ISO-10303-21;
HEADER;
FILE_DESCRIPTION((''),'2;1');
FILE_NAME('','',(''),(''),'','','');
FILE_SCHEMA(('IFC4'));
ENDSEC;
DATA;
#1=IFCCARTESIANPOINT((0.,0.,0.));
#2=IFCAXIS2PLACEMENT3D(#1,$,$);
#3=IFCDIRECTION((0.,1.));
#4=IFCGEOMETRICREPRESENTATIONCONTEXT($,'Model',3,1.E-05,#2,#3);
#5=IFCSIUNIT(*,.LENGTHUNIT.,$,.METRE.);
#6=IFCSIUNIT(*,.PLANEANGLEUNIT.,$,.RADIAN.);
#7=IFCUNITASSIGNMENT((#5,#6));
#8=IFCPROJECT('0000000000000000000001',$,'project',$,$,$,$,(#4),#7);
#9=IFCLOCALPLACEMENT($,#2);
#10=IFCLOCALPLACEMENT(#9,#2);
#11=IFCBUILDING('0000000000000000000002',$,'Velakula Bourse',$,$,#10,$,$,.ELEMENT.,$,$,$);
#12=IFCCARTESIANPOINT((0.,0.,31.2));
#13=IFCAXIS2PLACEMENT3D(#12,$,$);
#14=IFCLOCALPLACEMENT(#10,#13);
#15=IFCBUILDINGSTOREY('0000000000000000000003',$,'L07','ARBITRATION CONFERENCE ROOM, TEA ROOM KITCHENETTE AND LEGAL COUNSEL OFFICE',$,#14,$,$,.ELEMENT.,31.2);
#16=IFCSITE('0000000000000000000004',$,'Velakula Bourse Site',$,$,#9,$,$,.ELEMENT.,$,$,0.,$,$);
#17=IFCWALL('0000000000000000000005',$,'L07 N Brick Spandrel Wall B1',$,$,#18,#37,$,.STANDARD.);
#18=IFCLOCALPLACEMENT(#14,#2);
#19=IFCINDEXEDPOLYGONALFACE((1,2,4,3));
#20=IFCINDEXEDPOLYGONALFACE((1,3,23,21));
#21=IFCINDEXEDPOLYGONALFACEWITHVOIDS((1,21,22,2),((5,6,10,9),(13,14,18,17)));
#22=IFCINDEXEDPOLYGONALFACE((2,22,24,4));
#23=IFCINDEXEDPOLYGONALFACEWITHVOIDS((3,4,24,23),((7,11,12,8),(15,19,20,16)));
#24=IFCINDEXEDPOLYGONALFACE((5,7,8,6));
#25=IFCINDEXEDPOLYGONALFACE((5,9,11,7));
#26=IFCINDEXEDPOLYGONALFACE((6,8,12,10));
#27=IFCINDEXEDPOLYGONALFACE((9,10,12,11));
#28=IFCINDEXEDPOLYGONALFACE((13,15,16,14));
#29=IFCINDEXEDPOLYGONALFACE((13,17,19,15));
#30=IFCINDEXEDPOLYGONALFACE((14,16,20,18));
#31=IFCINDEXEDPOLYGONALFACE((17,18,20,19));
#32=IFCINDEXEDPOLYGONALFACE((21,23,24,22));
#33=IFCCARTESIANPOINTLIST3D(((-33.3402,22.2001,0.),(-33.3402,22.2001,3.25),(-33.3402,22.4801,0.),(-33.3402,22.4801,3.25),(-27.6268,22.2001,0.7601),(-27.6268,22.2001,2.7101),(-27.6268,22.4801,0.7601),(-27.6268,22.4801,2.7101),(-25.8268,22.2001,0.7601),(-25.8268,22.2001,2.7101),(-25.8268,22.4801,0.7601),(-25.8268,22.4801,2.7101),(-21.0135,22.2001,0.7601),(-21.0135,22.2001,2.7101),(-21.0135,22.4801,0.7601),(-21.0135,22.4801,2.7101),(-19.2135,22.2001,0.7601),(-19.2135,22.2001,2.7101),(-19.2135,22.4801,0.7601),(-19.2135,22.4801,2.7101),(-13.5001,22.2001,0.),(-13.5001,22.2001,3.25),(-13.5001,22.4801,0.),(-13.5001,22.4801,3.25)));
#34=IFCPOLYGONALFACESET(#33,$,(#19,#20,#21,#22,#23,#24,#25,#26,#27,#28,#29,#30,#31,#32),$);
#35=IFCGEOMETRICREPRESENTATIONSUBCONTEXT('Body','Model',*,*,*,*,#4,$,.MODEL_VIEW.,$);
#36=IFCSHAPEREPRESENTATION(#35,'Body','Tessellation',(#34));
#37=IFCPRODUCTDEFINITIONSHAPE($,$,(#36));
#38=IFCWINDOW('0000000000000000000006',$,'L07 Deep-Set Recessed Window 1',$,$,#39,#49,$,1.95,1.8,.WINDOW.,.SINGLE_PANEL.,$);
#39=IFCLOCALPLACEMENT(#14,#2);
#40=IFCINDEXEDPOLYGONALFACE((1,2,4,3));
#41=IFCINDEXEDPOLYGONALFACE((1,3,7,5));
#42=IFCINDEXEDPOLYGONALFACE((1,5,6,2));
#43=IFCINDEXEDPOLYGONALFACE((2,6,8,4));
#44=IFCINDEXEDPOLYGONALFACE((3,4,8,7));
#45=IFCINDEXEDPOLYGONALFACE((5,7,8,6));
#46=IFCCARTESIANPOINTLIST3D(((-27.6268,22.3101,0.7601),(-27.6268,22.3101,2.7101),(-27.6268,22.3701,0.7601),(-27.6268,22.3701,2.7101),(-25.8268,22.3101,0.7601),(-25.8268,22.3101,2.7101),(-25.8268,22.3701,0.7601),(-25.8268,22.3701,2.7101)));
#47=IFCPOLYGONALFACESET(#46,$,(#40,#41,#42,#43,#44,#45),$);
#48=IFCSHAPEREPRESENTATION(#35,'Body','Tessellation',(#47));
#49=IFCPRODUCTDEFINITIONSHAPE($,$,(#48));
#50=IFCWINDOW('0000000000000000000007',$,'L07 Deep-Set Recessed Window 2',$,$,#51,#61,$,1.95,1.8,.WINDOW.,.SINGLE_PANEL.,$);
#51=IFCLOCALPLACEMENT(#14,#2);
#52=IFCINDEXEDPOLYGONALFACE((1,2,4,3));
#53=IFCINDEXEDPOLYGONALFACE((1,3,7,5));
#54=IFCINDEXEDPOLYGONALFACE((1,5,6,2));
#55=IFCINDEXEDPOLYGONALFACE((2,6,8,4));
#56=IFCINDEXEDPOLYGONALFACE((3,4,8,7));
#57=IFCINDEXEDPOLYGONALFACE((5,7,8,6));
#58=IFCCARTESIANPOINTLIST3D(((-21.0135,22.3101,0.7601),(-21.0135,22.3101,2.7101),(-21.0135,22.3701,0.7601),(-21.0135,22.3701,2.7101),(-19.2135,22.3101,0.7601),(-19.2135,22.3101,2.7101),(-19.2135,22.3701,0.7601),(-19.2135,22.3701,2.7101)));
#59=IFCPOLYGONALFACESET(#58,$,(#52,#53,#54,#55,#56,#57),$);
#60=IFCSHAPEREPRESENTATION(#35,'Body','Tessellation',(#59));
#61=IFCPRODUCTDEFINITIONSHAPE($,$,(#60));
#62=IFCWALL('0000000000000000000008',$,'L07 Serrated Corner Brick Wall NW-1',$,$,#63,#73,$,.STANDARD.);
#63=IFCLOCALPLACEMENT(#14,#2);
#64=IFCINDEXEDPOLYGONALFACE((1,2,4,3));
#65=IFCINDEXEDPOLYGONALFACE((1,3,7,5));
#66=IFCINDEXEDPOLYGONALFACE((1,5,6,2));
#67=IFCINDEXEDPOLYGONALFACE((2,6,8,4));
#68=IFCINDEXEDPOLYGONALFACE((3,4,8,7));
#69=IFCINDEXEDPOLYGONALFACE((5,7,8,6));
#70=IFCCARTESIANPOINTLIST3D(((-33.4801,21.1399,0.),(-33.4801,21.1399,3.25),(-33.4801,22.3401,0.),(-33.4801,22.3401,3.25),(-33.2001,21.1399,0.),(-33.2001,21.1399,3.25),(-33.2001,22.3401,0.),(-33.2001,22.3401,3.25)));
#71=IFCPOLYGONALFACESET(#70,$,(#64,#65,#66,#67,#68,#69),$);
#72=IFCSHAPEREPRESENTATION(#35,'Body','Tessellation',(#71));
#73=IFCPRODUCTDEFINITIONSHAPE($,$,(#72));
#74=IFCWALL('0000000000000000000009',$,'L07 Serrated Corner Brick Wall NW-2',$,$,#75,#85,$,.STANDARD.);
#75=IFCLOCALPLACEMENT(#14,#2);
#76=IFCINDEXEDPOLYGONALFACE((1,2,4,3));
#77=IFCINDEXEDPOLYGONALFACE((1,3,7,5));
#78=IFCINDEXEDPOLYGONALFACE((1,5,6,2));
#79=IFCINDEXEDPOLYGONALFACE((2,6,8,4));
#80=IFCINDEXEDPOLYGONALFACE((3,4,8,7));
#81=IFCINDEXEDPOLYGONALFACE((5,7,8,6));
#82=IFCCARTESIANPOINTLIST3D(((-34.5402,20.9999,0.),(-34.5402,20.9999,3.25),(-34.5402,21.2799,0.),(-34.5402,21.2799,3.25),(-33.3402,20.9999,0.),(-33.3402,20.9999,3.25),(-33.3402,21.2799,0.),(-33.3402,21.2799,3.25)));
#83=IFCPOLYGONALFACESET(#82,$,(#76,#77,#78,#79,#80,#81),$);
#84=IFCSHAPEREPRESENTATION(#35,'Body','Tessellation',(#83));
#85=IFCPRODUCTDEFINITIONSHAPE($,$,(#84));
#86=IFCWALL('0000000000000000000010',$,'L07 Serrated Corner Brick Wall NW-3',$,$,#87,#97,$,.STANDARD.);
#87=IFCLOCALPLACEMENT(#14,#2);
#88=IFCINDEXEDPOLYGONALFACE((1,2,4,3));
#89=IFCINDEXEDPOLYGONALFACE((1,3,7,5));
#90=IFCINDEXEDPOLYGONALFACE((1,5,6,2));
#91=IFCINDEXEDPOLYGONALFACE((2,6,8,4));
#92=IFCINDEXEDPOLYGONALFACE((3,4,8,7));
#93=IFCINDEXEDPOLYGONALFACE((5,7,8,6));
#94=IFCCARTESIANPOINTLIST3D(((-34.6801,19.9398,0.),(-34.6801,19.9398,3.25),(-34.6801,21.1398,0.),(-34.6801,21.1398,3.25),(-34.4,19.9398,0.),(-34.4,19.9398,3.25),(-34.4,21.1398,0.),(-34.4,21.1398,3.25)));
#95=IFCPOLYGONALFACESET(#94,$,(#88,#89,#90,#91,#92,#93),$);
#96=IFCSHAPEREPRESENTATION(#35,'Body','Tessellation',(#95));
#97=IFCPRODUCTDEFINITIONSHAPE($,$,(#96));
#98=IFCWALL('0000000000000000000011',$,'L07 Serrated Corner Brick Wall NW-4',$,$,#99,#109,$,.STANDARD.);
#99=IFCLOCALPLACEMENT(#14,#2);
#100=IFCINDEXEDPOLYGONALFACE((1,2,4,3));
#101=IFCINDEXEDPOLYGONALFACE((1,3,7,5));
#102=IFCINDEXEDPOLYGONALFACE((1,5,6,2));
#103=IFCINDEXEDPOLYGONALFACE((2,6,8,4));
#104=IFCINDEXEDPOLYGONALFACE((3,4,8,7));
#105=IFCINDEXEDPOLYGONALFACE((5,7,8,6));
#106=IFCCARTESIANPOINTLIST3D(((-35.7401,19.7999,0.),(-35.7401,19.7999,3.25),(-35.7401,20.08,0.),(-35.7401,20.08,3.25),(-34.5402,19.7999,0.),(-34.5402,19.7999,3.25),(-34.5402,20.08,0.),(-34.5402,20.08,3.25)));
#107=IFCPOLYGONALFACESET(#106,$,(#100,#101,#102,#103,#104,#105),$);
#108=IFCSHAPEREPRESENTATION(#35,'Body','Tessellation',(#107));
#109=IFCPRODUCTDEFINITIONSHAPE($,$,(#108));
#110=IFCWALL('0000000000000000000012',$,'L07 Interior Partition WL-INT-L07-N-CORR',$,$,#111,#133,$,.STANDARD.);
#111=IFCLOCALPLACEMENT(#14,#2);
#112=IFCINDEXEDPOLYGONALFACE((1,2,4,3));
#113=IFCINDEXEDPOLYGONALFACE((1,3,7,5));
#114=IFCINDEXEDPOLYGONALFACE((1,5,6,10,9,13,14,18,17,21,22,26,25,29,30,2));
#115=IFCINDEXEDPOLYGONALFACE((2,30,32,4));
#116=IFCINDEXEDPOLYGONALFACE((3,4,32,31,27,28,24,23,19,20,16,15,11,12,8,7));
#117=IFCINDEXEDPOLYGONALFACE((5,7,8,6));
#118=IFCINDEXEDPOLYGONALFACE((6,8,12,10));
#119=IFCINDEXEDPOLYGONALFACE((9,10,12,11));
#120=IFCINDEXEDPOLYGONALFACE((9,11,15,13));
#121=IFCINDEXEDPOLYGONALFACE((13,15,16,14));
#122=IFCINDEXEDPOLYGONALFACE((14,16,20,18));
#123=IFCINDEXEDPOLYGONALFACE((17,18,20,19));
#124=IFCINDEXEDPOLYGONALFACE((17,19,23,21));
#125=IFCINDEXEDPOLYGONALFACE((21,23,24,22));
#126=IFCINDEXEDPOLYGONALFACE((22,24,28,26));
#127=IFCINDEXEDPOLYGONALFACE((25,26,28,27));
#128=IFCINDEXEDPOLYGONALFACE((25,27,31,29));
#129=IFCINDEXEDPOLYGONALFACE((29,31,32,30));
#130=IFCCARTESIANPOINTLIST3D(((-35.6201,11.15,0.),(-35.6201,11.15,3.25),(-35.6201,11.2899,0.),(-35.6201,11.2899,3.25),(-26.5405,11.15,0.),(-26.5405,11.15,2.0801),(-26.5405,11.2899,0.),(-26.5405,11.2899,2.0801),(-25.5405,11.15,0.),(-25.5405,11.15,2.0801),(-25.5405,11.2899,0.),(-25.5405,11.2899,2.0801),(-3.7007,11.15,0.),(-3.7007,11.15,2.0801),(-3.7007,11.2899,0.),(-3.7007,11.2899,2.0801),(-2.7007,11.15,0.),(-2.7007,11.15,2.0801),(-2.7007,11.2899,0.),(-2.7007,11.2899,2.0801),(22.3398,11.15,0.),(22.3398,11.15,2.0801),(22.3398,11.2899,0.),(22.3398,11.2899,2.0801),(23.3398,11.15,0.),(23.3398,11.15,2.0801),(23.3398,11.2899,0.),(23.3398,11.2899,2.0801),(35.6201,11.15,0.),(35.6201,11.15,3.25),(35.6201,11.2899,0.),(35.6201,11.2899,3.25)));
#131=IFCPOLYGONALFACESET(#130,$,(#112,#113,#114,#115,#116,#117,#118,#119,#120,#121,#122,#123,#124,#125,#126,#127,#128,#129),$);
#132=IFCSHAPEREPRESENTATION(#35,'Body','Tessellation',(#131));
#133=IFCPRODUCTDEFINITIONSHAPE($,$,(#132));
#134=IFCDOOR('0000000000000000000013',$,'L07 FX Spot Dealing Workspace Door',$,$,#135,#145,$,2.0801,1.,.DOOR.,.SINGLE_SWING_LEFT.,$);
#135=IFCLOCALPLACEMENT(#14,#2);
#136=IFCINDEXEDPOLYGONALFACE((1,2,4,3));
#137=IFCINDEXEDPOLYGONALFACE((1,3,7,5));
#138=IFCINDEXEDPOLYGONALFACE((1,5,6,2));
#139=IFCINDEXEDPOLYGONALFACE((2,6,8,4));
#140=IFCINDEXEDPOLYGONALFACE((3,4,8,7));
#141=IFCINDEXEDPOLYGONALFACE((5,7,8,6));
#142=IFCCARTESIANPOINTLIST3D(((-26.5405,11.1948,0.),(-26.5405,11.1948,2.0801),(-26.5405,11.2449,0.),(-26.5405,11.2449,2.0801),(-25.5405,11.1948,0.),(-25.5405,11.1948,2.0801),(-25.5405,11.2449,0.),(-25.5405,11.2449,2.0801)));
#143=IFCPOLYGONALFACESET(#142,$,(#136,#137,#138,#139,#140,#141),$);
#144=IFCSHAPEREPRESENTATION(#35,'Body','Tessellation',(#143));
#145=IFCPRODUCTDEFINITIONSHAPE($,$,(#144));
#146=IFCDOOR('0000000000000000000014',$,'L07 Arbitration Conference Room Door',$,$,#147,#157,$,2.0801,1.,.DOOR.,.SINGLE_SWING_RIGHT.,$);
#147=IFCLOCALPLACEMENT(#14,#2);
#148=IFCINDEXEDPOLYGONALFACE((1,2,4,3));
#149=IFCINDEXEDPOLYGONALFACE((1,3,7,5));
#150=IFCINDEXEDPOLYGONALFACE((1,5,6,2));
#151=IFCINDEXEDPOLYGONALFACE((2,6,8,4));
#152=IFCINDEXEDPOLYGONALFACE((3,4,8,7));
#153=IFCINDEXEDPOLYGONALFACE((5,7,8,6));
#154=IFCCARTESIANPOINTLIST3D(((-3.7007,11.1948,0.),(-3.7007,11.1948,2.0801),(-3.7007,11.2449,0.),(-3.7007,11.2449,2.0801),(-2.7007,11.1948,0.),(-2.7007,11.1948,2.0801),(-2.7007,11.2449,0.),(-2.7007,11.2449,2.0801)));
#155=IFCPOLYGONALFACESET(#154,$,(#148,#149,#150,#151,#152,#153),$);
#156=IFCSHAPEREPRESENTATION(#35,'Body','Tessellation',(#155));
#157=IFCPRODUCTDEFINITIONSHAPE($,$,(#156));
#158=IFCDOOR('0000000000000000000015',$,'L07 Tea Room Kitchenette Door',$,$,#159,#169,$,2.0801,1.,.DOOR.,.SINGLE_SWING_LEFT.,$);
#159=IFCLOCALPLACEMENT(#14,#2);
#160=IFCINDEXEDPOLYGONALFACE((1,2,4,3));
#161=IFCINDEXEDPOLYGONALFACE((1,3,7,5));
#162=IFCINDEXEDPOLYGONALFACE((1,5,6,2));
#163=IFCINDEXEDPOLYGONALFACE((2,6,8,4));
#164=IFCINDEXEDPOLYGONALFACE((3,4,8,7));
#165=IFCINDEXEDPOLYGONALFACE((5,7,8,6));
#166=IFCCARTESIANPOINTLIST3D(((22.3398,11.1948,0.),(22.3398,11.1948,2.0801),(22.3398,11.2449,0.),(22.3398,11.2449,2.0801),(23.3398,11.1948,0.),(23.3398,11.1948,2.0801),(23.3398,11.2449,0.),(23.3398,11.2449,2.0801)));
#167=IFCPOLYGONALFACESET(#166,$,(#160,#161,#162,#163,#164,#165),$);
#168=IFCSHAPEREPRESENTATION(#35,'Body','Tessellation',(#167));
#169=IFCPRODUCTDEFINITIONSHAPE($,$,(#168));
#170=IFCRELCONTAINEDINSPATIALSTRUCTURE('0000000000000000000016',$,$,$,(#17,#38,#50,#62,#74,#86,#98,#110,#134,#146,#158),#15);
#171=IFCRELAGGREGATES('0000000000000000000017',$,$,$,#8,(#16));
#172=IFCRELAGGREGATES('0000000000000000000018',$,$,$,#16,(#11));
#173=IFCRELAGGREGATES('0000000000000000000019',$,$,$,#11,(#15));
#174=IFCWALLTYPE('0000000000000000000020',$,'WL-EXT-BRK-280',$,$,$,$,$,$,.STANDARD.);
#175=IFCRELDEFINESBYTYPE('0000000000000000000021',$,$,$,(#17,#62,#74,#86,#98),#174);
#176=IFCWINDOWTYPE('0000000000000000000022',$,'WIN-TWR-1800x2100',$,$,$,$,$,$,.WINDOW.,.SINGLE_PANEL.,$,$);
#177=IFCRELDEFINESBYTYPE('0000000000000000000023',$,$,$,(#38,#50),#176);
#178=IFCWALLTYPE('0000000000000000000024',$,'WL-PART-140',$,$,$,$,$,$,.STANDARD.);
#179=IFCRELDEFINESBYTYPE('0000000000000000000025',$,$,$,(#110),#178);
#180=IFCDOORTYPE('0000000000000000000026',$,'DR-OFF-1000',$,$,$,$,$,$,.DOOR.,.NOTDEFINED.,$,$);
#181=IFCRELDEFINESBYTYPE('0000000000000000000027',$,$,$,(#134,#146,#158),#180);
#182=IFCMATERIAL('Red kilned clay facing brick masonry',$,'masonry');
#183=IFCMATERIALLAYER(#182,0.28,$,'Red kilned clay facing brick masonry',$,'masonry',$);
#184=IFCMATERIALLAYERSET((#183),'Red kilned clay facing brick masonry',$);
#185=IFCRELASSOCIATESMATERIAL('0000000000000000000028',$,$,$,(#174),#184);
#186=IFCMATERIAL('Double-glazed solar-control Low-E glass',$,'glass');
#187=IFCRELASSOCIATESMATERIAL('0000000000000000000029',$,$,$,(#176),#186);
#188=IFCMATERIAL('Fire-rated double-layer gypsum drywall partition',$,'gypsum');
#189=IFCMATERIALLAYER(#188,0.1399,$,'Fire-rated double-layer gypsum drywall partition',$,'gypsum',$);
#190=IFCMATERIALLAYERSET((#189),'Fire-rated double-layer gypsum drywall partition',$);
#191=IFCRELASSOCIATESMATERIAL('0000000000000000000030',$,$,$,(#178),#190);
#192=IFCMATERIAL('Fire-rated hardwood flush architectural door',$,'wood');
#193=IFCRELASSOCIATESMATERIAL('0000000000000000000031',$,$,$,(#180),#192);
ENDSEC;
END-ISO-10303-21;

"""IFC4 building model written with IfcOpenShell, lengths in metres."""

from ifc_helpers import new_model, si_unit, direction, frame, frame_2d, origin, place, context, subcontext, project, spatial, rectangle, extrude, material, layer, layer_set, type_object, element, fill, save


model = new_model("IFC4")

# Units and contexts
model_context = context("Model", 3, precision=1e-05, world=origin(), true_north=direction((0.0, 1.0)))
body_context = subcontext(model_context, "Body", "Model", "MODEL_VIEW")
ifc_project = project(units=[si_unit("LENGTHUNIT", "METRE"), si_unit("PLANEANGLEUNIT", "RADIAN")], contexts=[model_context])

# Site, building, storey
site_placement = place(None, origin())
site = spatial("IfcSite", under=ifc_project, at=site_placement, Name="Velakula Bourse Site", CompositionType="ELEMENT", RefElevation=0.0)
building_placement = place(site_placement, origin())
building = spatial("IfcBuilding", under=site, at=building_placement, Name="Velakula Bourse", CompositionType="ELEMENT")
storey_placement = place(building_placement, frame((0.0, 0.0, 31.2)))
storey = spatial("IfcBuildingStorey", under=building, at=storey_placement, Name="L07", Description="ARBITRATION CONFERENCE ROOM, TEA ROOM KITCHENETTE AND LEGAL COUNSEL OFFICE", CompositionType="ELEMENT", Elevation=31.2)

# Wall, openings, windows
ifc_material_1 = material(Name="Red kilned clay facing brick masonry", Category="masonry")
ifc_layer_1 = layer(ifc_material_1, 0.28, Name="Red kilned clay facing brick masonry", Category="masonry")
ifc_layer_set_1 = layer_set([ifc_layer_1], Name="Red kilned clay facing brick masonry")
wall_type_1 = type_object("IfcWallType", Name="WL-EXT-BRK-280", PredefinedType="STANDARD", material=ifc_layer_set_1)
wall_1_placement = place(storey_placement, frame((-33.3401, 22.3401, 0.0), z_axis=(0.0, 0.0, 1.0), x_axis=(1.0, 0.0, 0.0)))
wall_1 = element("IfcWall", 1, at=wall_1_placement, inside=storey, type_object=wall_type_1, Name="L07 N Brick Spandrel Wall B1", PredefinedType="STANDARD", context=body_context, shape_type="SweptSolid", body=[
    extrude(rectangle(XDim=19.8401, YDim=0.28, at=frame_2d((9.9199, 0.0))), origin(), (0.0, 0.0, 1.0), 3.25),
])
opening_1_placement = place(wall_1_placement, frame((5.7134, 0.0, 0.76)))
opening_1 = element("IfcOpeningElement", 2, at=opening_1_placement, cuts=wall_1, PredefinedType="OPENING", context=body_context, shape_type="SweptSolid", body=[
    extrude(rectangle(XDim=1.8, YDim=1.95, at=frame_2d((0.8999, 0.9751))), frame((0.0, 0.1499, 0.0), z_axis=(0.0, -1.0, 0.0), x_axis=(1.0, 0.0, 0.0)), (0.0, 0.0, 1.0), 0.3),
])
opening_2_placement = place(wall_1_placement, frame((12.3267, 0.0, 0.76)))
opening_2 = element("IfcOpeningElement", 3, at=opening_2_placement, cuts=wall_1, PredefinedType="OPENING", context=body_context, shape_type="SweptSolid", body=[
    extrude(rectangle(XDim=1.8, YDim=1.95, at=frame_2d((0.8999, 0.9751))), frame((0.0, 0.1499, 0.0), z_axis=(0.0, -1.0, 0.0), x_axis=(1.0, 0.0, 0.0)), (0.0, 0.0, 1.0), 0.3),
])
ifc_material_2 = material(Name="Double-glazed solar-control Low-E glass", Category="glass")
window_type = type_object("IfcWindowType", Name="WIN-TWR-1800x2100", PartitioningType="SINGLE_PANEL", PredefinedType="WINDOW", material=ifc_material_2)
window_1_placement = place(opening_1_placement, origin())
window_1 = element("IfcWindow", 4, at=window_1_placement, inside=storey, type_object=window_type, Name="L07 Deep-Set Recessed Window 1", OverallHeight=1.95, OverallWidth=1.8, PartitioningType="SINGLE_PANEL", PredefinedType="WINDOW", context=body_context, shape_type="SweptSolid", body=[
    extrude(rectangle(XDim=1.8, YDim=1.95, at=frame_2d((0.8999, 0.9751))), frame((0.0, 0.03, 0.0), z_axis=(0.0, -1.0, 0.0), x_axis=(1.0, 0.0, 0.0)), (0.0, 0.0, 1.0), 0.0601),
])
fill(opening_1, window_1)
window_2_placement = place(opening_2_placement, origin())
window_2 = element("IfcWindow", 5, at=window_2_placement, inside=storey, type_object=window_type, Name="L07 Deep-Set Recessed Window 2", OverallHeight=1.95, OverallWidth=1.8, PartitioningType="SINGLE_PANEL", PredefinedType="WINDOW", context=body_context, shape_type="SweptSolid", body=[
    extrude(rectangle(XDim=1.8, YDim=1.95, at=frame_2d((0.8999, 0.9751))), frame((0.0, 0.03, 0.0), z_axis=(0.0, -1.0, 0.0), x_axis=(1.0, 0.0, 0.0)), (0.0, 0.0, 1.0), 0.0601),
])
fill(opening_2, window_2)

# Walls
wall_2_placement = place(storey_placement, frame((-33.3401, 22.3401, 0.0), z_axis=(0.0, 0.0, 1.0), x_axis=(0.0, -1.0, 0.0)))
element("IfcWall", 6, at=wall_2_placement, inside=storey, type_object=wall_type_1, Name="L07 Serrated Corner Brick Wall NW-1", PredefinedType="STANDARD", context=body_context, shape_type="SweptSolid", body=[
    extrude(rectangle(XDim=1.2002, YDim=0.28, at=frame_2d((0.6001, 0.0))), origin(), (0.0, 0.0, 1.0), 3.25),
])
for number, where, z_axis, x_axis, name in (
    (7, (-33.3401, 21.1399, 0.0), (0.0, 0.0, 1.0), (-1.0, 0.0, 0.0), "L07 Serrated Corner Brick Wall NW-2"),
    (8, (-34.54, 21.1399, 0.0), (0.0, 0.0, 1.0), (0.0, -1.0, 0.0), "L07 Serrated Corner Brick Wall NW-3"),
    (9, (-34.54, 19.9399, 0.0), (0.0, 0.0, 1.0), (-1.0, 0.0, 0.0), "L07 Serrated Corner Brick Wall NW-4"),
):
    element("IfcWall", number, at=place(storey_placement, frame(where, z_axis=z_axis, x_axis=x_axis)), inside=storey, type_object=wall_type_1, Name=name, PredefinedType="STANDARD", context=body_context, shape_type="SweptSolid", body=[
        extrude(rectangle(XDim=1.2, YDim=0.28, at=frame_2d((0.6001, 0.0))), origin(), (0.0, 0.0, 1.0), 3.25),
    ])

# Wall, openings, doors
ifc_material_3 = material(Name="Fire-rated double-layer gypsum drywall partition", Category="gypsum")
ifc_layer_2 = layer(ifc_material_3, 0.1399, Name="Fire-rated double-layer gypsum drywall partition", Category="gypsum")
ifc_layer_set_2 = layer_set([ifc_layer_2], Name="Fire-rated double-layer gypsum drywall partition")
wall_type_2 = type_object("IfcWallType", Name="WL-PART-140", PredefinedType="STANDARD", material=ifc_layer_set_2)
wall_3_placement = place(storey_placement, frame((-35.6201, 11.22, 0.0), z_axis=(0.0, 0.0, 1.0), x_axis=(1.0, 0.0, 0.0)))
wall_3 = element("IfcWall", 10, at=wall_3_placement, inside=storey, type_object=wall_type_2, Name="L07 Interior Partition WL-INT-L07-N-CORR", PredefinedType="STANDARD", context=body_context, shape_type="SweptSolid", body=[
    extrude(rectangle(XDim=71.2402, YDim=0.1399, at=frame_2d((35.6201, 0.0))), origin(), (0.0, 0.0, 1.0), 3.25),
])
opening_3_placement = place(wall_3_placement, frame((9.0796, 0.0, 0.0)))
opening_3 = element("IfcOpeningElement", 11, at=opening_3_placement, cuts=wall_3, PredefinedType="OPENING", context=body_context, shape_type="SweptSolid", body=[
    extrude(rectangle(XDim=1.0, YDim=2.0801, at=frame_2d((0.5, 1.04))), frame((0.0, 0.0798, 0.0), z_axis=(0.0, -1.0, 0.0), x_axis=(1.0, 0.0, 0.0)), (0.0, 0.0, 1.0), 0.1599),
])
opening_4_placement = place(wall_3_placement, frame((31.9194, 0.0, 0.0)))
opening_4 = element("IfcOpeningElement", 12, at=opening_4_placement, cuts=wall_3, PredefinedType="OPENING", context=body_context, shape_type="SweptSolid", body=[
    extrude(rectangle(XDim=1.0, YDim=2.0801, at=frame_2d((0.5, 1.04))), frame((0.0, 0.0798, 0.0), z_axis=(0.0, -1.0, 0.0), x_axis=(1.0, 0.0, 0.0)), (0.0, 0.0, 1.0), 0.1599),
])
opening_5_placement = place(wall_3_placement, frame((57.96, 0.0, 0.0)))
opening_5 = element("IfcOpeningElement", 13, at=opening_5_placement, cuts=wall_3, PredefinedType="OPENING", context=body_context, shape_type="SweptSolid", body=[
    extrude(rectangle(XDim=1.0, YDim=2.0801, at=frame_2d((0.5, 1.04))), frame((0.0, 0.0798, 0.0), z_axis=(0.0, -1.0, 0.0), x_axis=(1.0, 0.0, 0.0)), (0.0, 0.0, 1.0), 0.1599),
])
ifc_material_4 = material(Name="Fire-rated hardwood flush architectural door", Category="wood")
door_type = type_object("IfcDoorType", Name="DR-OFF-1000", OperationType="NOTDEFINED", PredefinedType="DOOR", material=ifc_material_4)
door_1_placement = place(opening_3_placement, origin())
door_1 = element("IfcDoor", 14, at=door_1_placement, inside=storey, type_object=door_type, Name="L07 FX Spot Dealing Workspace Door", OperationType="SINGLE_SWING_LEFT", OverallHeight=2.0801, OverallWidth=1.0, PredefinedType="DOOR", context=body_context, shape_type="SweptSolid", body=[
    extrude(rectangle(XDim=1.0, YDim=2.0801, at=frame_2d((0.5, 1.04))), frame((0.0, 0.0249, 0.0), z_axis=(0.0, -1.0, 0.0), x_axis=(1.0, 0.0, 0.0)), (0.0, 0.0, 1.0), 0.05),
])
fill(opening_3, door_1)
door_2_placement = place(opening_4_placement, origin())
door_2 = element("IfcDoor", 15, at=door_2_placement, inside=storey, type_object=door_type, Name="L07 Arbitration Conference Room Door", OperationType="SINGLE_SWING_RIGHT", OverallHeight=2.0801, OverallWidth=1.0, PredefinedType="DOOR", context=body_context, shape_type="SweptSolid", body=[
    extrude(rectangle(XDim=1.0, YDim=2.0801, at=frame_2d((0.5, 1.04))), frame((0.0, 0.0249, 0.0), z_axis=(0.0, -1.0, 0.0), x_axis=(1.0, 0.0, 0.0)), (0.0, 0.0, 1.0), 0.05),
])
fill(opening_4, door_2)
door_3_placement = place(opening_5_placement, origin())
door_3 = element("IfcDoor", 16, at=door_3_placement, inside=storey, type_object=door_type, Name="L07 Tea Room Kitchenette Door", OperationType="SINGLE_SWING_LEFT", OverallHeight=2.0801, OverallWidth=1.0, PredefinedType="DOOR", context=body_context, shape_type="SweptSolid", body=[
    extrude(rectangle(XDim=1.0, YDim=2.0801, at=frame_2d((0.5, 1.04))), frame((0.0, 0.0249, 0.0), z_axis=(0.0, -1.0, 0.0), x_axis=(1.0, 0.0, 0.0)), (0.0, 0.0, 1.0), 0.05),
])
fill(opening_5, door_3)

save(model, "model.ifc")
